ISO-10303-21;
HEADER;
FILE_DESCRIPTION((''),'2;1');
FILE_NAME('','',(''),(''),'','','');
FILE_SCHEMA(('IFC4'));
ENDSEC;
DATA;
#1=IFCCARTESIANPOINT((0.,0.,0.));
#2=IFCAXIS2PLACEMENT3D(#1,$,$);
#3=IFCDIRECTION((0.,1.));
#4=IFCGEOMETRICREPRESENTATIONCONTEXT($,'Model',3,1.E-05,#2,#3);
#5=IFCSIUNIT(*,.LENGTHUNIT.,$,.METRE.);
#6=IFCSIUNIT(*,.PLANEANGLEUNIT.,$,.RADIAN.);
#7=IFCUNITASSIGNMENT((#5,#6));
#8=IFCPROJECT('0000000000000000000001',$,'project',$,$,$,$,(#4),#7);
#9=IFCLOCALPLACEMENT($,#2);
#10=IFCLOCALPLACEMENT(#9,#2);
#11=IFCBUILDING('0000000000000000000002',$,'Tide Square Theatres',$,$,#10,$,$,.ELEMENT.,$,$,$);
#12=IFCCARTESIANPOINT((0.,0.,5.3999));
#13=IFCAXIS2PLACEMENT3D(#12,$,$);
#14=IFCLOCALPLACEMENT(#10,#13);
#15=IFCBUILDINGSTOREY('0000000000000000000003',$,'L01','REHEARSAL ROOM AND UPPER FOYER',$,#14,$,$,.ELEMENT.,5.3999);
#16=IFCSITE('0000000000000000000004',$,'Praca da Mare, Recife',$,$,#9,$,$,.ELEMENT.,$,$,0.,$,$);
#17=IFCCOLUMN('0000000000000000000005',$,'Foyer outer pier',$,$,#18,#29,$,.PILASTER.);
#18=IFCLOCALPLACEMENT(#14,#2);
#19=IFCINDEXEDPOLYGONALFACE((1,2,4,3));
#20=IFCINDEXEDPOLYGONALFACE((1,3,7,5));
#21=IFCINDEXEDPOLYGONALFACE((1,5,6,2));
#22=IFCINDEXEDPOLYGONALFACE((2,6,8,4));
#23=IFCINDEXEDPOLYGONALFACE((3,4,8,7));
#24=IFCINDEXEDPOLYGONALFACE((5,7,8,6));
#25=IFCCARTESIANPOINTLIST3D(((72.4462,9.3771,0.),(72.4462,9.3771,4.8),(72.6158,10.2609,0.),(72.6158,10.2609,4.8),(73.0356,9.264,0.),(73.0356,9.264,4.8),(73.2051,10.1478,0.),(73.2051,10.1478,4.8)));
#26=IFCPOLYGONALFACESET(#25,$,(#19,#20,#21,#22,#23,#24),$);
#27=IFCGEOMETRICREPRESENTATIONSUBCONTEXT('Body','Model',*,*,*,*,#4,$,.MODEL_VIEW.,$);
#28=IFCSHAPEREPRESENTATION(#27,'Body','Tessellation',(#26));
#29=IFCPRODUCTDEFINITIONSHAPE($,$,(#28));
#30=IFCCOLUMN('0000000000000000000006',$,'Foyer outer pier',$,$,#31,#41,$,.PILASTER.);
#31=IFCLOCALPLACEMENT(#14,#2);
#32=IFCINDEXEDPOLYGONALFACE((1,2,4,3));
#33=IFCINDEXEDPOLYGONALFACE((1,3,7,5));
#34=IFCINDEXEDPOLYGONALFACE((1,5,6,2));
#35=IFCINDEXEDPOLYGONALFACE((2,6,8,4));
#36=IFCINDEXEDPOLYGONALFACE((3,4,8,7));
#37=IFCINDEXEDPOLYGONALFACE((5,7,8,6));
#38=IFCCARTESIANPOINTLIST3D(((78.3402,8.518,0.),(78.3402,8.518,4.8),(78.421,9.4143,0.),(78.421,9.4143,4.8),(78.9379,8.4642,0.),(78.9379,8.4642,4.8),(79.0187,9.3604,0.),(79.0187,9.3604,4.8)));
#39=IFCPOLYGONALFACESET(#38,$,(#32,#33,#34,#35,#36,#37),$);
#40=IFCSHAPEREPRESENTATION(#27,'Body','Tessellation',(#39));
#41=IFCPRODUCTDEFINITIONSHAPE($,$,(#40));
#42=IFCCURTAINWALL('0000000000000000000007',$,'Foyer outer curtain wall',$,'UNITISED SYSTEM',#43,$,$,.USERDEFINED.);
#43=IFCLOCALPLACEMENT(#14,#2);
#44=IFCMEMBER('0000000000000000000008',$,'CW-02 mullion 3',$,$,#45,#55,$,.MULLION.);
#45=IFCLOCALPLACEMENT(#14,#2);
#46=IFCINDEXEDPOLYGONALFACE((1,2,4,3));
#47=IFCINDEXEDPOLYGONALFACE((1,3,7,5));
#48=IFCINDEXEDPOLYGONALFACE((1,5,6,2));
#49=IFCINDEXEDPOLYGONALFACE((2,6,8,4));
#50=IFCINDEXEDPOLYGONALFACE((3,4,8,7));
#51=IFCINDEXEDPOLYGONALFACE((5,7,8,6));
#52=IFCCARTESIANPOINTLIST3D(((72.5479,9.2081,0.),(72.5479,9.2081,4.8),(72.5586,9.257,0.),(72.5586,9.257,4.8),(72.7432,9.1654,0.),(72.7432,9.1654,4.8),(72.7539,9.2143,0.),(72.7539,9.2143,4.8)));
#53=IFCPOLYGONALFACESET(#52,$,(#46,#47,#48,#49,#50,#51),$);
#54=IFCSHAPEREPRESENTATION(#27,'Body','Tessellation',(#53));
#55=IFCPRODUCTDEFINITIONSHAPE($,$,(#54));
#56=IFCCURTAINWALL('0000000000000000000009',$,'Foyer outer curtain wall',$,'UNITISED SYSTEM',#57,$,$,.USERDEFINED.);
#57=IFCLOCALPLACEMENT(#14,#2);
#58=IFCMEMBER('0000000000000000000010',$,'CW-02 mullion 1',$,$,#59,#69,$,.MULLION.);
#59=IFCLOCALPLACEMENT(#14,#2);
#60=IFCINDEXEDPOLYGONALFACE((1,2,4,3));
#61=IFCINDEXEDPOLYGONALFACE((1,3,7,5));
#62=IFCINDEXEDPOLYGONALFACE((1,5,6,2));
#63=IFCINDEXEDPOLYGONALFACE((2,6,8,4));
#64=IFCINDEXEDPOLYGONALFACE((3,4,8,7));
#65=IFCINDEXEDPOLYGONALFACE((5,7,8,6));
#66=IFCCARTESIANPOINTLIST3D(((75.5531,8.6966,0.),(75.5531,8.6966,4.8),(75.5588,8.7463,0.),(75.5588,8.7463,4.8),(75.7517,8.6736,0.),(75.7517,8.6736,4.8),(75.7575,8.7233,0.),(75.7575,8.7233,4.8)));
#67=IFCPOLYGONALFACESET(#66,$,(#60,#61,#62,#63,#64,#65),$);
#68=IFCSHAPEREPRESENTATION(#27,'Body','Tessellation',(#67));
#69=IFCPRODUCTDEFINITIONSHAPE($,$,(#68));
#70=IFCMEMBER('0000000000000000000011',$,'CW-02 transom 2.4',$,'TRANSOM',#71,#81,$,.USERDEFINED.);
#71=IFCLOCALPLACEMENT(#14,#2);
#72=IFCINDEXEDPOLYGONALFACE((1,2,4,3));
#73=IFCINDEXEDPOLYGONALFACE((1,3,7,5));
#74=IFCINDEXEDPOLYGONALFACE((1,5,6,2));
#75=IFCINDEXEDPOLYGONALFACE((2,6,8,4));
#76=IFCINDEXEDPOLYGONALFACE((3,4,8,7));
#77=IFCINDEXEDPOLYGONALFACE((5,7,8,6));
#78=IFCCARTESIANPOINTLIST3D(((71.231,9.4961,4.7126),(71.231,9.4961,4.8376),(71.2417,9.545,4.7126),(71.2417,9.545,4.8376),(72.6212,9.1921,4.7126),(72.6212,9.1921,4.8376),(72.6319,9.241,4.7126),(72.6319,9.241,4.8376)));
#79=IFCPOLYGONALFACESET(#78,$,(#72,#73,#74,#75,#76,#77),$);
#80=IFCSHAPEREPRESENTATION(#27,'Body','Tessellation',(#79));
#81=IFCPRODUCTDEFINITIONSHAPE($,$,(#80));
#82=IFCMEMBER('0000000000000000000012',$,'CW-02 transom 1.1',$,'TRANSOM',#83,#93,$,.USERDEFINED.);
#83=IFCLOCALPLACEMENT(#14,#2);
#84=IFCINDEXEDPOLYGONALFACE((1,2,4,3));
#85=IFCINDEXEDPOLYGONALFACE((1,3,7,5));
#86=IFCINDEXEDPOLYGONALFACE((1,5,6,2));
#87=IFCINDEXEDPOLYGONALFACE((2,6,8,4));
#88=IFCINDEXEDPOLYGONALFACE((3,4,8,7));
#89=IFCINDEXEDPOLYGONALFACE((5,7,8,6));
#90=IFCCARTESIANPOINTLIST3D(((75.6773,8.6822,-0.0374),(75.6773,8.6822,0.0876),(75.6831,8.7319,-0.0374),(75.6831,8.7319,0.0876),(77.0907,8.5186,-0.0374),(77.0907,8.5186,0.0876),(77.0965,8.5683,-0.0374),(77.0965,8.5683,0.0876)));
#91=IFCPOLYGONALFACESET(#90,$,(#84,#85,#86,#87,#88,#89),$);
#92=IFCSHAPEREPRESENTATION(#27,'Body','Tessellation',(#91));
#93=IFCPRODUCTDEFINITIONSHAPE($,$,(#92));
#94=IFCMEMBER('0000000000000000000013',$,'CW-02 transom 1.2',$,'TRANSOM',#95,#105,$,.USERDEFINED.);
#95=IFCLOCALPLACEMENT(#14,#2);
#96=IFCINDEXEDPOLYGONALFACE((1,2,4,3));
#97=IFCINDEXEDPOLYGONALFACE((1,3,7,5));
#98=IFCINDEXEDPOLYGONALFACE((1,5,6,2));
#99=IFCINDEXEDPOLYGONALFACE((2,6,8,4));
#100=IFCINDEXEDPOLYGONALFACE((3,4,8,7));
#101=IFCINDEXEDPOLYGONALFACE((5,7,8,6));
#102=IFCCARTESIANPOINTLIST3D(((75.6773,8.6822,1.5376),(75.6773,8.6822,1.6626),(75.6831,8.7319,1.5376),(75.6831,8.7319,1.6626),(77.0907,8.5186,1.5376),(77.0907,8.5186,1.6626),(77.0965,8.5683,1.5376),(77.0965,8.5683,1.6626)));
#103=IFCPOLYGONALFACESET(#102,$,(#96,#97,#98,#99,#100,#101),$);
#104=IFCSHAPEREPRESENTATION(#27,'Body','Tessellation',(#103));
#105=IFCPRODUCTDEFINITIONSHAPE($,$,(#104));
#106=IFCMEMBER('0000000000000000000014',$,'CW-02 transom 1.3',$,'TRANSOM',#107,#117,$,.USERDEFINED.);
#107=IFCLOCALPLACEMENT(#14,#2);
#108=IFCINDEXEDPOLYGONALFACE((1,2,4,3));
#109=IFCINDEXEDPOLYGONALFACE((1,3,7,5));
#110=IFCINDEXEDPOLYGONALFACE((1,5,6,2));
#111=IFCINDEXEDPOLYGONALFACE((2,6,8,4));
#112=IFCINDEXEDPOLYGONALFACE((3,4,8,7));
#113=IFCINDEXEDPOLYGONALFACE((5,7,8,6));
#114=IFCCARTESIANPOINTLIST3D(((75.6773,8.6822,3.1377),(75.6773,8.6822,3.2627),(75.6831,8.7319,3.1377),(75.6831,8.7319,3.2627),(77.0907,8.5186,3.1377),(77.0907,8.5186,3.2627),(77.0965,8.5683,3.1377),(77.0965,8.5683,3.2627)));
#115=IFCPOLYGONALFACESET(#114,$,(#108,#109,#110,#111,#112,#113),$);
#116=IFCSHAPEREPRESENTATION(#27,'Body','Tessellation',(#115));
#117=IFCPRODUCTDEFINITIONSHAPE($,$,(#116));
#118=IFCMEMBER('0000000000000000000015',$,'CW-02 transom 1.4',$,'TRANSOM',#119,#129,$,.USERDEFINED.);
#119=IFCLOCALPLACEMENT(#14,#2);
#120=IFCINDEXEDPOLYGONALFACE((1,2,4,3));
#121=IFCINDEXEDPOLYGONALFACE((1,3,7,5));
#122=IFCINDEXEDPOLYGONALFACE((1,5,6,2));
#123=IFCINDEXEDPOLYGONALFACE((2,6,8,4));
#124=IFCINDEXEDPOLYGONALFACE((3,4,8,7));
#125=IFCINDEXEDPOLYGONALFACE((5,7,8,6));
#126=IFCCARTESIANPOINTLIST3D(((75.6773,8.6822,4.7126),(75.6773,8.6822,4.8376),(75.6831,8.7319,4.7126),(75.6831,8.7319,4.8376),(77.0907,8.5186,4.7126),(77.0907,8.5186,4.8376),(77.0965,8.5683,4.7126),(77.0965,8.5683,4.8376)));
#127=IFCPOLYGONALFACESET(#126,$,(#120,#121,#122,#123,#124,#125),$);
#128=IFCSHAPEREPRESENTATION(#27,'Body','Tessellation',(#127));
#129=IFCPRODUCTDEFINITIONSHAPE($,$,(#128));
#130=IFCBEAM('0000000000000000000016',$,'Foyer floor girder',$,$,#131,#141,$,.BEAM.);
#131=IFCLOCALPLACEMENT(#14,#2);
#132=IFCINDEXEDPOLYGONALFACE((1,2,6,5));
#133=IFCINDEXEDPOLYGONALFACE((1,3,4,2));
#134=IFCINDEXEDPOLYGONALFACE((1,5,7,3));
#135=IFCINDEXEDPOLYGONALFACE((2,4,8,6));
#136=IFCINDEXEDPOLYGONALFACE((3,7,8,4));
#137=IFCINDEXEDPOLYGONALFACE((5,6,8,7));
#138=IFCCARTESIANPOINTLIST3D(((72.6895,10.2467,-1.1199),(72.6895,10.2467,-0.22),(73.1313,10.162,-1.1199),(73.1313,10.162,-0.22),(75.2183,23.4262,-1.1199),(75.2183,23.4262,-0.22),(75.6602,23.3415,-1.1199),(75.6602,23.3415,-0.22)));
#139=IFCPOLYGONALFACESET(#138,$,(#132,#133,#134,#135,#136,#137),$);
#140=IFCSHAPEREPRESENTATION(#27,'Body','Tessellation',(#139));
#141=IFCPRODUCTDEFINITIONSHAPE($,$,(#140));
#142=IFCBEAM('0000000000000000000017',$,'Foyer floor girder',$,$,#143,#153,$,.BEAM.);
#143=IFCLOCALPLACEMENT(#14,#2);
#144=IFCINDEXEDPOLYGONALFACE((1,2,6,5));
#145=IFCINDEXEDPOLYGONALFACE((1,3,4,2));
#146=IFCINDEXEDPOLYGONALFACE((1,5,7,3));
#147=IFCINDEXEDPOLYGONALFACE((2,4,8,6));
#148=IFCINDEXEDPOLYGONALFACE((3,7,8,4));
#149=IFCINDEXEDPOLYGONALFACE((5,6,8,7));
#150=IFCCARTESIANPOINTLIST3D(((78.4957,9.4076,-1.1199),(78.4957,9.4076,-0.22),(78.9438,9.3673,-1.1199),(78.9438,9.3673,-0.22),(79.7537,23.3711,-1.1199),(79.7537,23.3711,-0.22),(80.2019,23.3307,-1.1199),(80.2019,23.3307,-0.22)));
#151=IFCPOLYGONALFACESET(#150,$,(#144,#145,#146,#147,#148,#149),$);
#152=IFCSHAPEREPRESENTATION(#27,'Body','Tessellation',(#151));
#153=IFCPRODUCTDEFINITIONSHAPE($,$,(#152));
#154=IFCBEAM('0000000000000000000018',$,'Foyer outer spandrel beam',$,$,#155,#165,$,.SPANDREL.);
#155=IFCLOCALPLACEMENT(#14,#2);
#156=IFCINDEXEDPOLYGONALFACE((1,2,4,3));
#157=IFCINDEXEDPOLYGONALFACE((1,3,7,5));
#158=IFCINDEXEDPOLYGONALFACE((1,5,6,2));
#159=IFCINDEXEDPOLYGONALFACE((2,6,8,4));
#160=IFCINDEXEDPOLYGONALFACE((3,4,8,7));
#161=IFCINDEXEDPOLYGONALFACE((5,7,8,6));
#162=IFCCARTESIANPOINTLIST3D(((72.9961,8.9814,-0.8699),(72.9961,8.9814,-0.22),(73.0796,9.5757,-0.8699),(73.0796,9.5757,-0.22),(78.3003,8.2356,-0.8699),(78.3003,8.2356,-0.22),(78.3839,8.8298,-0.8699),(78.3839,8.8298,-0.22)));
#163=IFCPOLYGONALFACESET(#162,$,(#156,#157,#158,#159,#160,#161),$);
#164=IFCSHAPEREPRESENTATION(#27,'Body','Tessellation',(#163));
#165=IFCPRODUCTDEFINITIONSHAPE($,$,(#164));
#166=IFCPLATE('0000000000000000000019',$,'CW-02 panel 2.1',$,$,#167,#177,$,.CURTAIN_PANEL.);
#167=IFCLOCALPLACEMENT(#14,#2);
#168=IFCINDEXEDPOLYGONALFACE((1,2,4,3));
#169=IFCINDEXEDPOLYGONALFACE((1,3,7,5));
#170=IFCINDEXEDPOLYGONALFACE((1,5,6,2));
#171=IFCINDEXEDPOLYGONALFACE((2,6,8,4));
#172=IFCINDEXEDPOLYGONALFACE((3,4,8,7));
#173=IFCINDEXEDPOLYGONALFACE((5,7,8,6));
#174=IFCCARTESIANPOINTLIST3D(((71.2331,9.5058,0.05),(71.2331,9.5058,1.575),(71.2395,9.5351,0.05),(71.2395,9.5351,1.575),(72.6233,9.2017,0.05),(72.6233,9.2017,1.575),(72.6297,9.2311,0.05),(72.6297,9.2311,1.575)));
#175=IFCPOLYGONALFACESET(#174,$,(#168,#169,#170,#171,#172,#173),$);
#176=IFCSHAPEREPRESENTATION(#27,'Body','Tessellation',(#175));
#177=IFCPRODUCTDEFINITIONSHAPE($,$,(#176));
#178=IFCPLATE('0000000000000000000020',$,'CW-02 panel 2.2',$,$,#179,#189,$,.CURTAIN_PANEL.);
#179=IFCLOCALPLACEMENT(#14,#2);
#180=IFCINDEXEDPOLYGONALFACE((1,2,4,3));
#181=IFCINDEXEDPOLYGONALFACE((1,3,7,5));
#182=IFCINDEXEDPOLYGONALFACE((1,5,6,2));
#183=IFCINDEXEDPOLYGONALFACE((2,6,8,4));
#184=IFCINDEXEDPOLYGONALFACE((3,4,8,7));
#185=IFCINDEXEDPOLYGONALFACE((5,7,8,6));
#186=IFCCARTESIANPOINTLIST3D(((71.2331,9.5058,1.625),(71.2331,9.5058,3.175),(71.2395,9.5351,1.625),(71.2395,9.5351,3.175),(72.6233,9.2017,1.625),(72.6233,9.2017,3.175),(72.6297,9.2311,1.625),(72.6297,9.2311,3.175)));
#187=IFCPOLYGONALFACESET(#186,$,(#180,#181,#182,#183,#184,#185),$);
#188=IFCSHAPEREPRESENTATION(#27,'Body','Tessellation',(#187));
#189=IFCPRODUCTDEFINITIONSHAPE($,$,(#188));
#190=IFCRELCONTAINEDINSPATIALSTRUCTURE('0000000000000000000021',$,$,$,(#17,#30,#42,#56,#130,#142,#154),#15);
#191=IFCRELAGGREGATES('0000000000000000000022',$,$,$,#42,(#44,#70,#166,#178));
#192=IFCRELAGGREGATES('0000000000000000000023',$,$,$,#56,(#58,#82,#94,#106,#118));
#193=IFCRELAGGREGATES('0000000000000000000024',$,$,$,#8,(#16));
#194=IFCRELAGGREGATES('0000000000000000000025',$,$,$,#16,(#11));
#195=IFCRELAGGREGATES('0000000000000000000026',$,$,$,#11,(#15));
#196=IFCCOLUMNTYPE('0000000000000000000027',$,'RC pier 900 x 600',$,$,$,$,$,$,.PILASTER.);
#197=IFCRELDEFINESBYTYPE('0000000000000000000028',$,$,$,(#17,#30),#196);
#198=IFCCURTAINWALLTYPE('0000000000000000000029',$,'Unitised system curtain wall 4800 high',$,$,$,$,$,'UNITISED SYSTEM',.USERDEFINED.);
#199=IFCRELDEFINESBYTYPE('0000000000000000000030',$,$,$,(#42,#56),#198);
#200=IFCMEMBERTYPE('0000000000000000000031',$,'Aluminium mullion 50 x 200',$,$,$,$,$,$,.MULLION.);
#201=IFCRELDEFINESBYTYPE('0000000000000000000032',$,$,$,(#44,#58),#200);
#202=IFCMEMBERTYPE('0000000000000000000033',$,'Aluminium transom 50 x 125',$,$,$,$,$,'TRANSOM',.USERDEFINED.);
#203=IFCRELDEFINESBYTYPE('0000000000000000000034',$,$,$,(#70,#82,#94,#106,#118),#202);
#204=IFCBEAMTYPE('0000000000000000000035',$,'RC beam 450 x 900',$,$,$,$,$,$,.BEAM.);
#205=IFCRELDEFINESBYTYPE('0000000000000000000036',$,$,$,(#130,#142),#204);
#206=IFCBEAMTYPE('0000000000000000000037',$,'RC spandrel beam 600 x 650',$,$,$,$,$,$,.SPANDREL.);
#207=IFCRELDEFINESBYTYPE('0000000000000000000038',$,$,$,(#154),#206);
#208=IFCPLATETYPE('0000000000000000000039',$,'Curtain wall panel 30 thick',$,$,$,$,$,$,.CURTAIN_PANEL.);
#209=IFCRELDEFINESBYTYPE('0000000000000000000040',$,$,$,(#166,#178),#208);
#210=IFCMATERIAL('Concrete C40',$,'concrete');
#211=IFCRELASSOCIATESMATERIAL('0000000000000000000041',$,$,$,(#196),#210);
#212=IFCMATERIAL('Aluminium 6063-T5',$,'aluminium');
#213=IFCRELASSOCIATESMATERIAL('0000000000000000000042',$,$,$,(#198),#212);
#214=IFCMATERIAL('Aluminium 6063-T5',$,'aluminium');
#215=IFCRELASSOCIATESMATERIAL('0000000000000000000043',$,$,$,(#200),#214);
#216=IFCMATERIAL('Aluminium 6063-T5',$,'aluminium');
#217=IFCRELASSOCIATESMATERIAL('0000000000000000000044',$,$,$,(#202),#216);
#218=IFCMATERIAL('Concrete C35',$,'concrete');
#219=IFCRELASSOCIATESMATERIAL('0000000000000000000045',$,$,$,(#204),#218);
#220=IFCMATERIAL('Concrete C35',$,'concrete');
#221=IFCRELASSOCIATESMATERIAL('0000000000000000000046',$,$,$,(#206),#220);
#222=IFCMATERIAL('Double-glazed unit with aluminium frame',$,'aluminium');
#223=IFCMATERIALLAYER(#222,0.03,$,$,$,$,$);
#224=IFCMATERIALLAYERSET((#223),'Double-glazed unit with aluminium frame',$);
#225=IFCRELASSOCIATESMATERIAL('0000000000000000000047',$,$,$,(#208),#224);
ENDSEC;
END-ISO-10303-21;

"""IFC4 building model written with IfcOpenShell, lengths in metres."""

from ifc_helpers import new_model, si_unit, direction, frame, origin, origin_2d, place, context, subcontext, project, spatial, rectangle, extrude, material, layer, layer_set, material_profile, profile_set, type_object, element, aggregate, save


model = new_model("IFC4")

# Units and contexts
model_context = context("Model", 3, precision=1e-05, world=origin(), true_north=direction((0.0, 1.0)))
body_context = subcontext(model_context, "Body", "Model", "MODEL_VIEW")
ifc_project = project(units=[si_unit("LENGTHUNIT", "METRE"), si_unit("PLANEANGLEUNIT", "RADIAN")], contexts=[model_context])

# Site, building, storey
site_placement = place(None, origin())
site = spatial("IfcSite", under=ifc_project, at=site_placement, Name="Praca da Mare, Recife", CompositionType="ELEMENT", RefElevation=0.0)
building_placement = place(site_placement, origin())
building = spatial("IfcBuilding", under=site, at=building_placement, Name="Tide Square Theatres", CompositionType="ELEMENT")
storey_placement = place(building_placement, frame((0.0, 0.0, 5.3999)))
storey = spatial("IfcBuildingStorey", under=building, at=storey_placement, Name="L01", Description="REHEARSAL ROOM AND UPPER FOYER", CompositionType="ELEMENT", Elevation=5.3999)

# Columns
ifc_material_1 = material(Name="Concrete C40", Category="concrete")
ifc_material_profile_1 = material_profile(ifc_material_1, rectangle(XDim=0.8999, YDim=0.6001, at=origin_2d()))
ifc_profile_set_1 = profile_set([ifc_material_profile_1], Name="Concrete C40")
column_type = type_object("IfcColumnType", Name="RC pier 900 x 600", PredefinedType="PILASTER", material=ifc_profile_set_1)
for number, where, z_axis, x_axis, name in (
    (1, (72.8257, 9.7625, 0.0), (0.0, 0.0, 1.0), (-0.188439, -0.982085, 0.0), "Foyer outer pier"),
    (2, (78.6794, 8.9392, 0.0), (0.0, 0.0, 1.0), (-0.089723, -0.995967, 0.0), "Foyer outer pier"),
):
    element("IfcColumn", number, at=place(storey_placement, frame(where, z_axis=z_axis, x_axis=x_axis)), inside=storey, type_object=column_type, Name=name, PredefinedType="PILASTER", context=body_context, shape_type="SweptSolid", body=[
        extrude(rectangle(XDim=0.8999, YDim=0.6001, at=origin_2d()), origin(), (0.0, 0.0, 1.0), 4.8),
    ])

# Curtain walls, members
ifc_material_2 = material(Name="Aluminium 6063-T5", Category="aluminium")
curtain_wall_type = type_object("IfcCurtainWallType", Name="Unitised system curtain wall 4800 high", ElementType="UNITISED SYSTEM", PredefinedType="USERDEFINED", material=ifc_material_2)
curtain_wall_1_placement = place(storey_placement, origin())
curtain_wall_1 = element("IfcCurtainWall", 3, at=curtain_wall_1_placement, inside=storey, type_object=curtain_wall_type, Name="Foyer outer curtain wall", ObjectType="UNITISED SYSTEM", PredefinedType="USERDEFINED")
ifc_material_3 = material(Name="Aluminium 6063-T5", Category="aluminium")
ifc_material_profile_2 = material_profile(ifc_material_3, rectangle(XDim=0.05, YDim=0.2, at=origin_2d()))
ifc_profile_set_2 = profile_set([ifc_material_profile_2], Name="Aluminium 6063-T5")
member_type_1 = type_object("IfcMemberType", Name="Aluminium mullion 50 x 200", PredefinedType="MULLION", material=ifc_profile_set_2)
member_1_placement = place(storey_placement, frame((72.6509, 9.2112, 0.0), z_axis=(0.0, 0.0, 1.0), x_axis=(0.213653, 0.97691, 0.0)))
member_1 = element("IfcMember", 4, at=member_1_placement, type_object=member_type_1, Name="CW-02 mullion 3", PredefinedType="MULLION", context=body_context, shape_type="SweptSolid", body=[
    extrude(rectangle(XDim=0.05, YDim=0.2, at=origin_2d()), origin(), (0.0, 0.0, 1.0), 4.8),
])
curtain_wall_2_placement = place(storey_placement, origin())
curtain_wall_2 = element("IfcCurtainWall", 5, at=curtain_wall_2_placement, inside=storey, type_object=curtain_wall_type, Name="Foyer outer curtain wall", ObjectType="UNITISED SYSTEM", PredefinedType="USERDEFINED")
member_2_placement = place(storey_placement, frame((75.6553, 8.71, 0.0), z_axis=(0.0, 0.0, 1.0), x_axis=(0.114955, 0.993371, 0.0)))
member_2 = element("IfcMember", 6, at=member_2_placement, type_object=member_type_1, Name="CW-02 mullion 1", PredefinedType="MULLION", context=body_context, shape_type="SweptSolid", body=[
    extrude(rectangle(XDim=0.05, YDim=0.2, at=origin_2d()), origin(), (0.0, 0.0, 1.0), 4.8),
])

# Members
ifc_material_4 = material(Name="Aluminium 6063-T5", Category="aluminium")
ifc_material_profile_3 = material_profile(ifc_material_4, rectangle(XDim=0.05, YDim=0.125, at=origin_2d()))
ifc_profile_set_3 = profile_set([ifc_material_profile_3], Name="Aluminium 6063-T5")
member_type_2 = type_object("IfcMemberType", Name="Aluminium transom 50 x 125", ElementType="TRANSOM", PredefinedType="USERDEFINED", material=ifc_profile_set_3)
member_3_placement = place(storey_placement, frame((71.2363, 9.5205, 4.7751), z_axis=(0.97692, -0.213605, 0.0), x_axis=(0.213605, 0.97692, 0.0)))
member_3 = element("IfcMember", 7, at=member_3_placement, type_object=member_type_2, Name="CW-02 transom 2.4", ObjectType="TRANSOM", PredefinedType="USERDEFINED", context=body_context, shape_type="SweptSolid", body=[
    extrude(rectangle(XDim=0.05, YDim=0.125, at=origin_2d()), origin(), (0.0, 0.0, 1.0), 1.4231),
])
member_4_placement = place(storey_placement, frame((75.6802, 8.707, 0.0251), z_axis=(0.993369, -0.114969, 0.0), x_axis=(0.114969, 0.993369, 0.0)))
member_4 = element("IfcMember", 8, at=member_4_placement, type_object=member_type_2, Name="CW-02 transom 1.1", ObjectType="TRANSOM", PredefinedType="USERDEFINED", context=body_context, shape_type="SweptSolid", body=[
    extrude(rectangle(XDim=0.05, YDim=0.125, at=origin_2d()), origin(), (0.0, 0.0, 1.0), 1.4229),
])
member_5_placement = place(storey_placement, frame((75.6802, 8.707, 1.6001), z_axis=(0.993369, -0.114969, 0.0), x_axis=(0.114969, 0.993369, 0.0)))
member_5 = element("IfcMember", 9, at=member_5_placement, type_object=member_type_2, Name="CW-02 transom 1.2", ObjectType="TRANSOM", PredefinedType="USERDEFINED", context=body_context, shape_type="SweptSolid", body=[
    extrude(rectangle(XDim=0.05, YDim=0.125, at=origin_2d()), origin(), (0.0, 0.0, 1.0), 1.4229),
])
member_6_placement = place(storey_placement, frame((75.6802, 8.707, 3.2002), z_axis=(0.993369, -0.114969, 0.0), x_axis=(0.114969, 0.993369, 0.0)))
member_6 = element("IfcMember", 10, at=member_6_placement, type_object=member_type_2, Name="CW-02 transom 1.3", ObjectType="TRANSOM", PredefinedType="USERDEFINED", context=body_context, shape_type="SweptSolid", body=[
    extrude(rectangle(XDim=0.05, YDim=0.125, at=origin_2d()), origin(), (0.0, 0.0, 1.0), 1.4229),
])
member_7_placement = place(storey_placement, frame((75.6802, 8.707, 4.7751), z_axis=(0.993369, -0.114969, 0.0), x_axis=(0.114969, 0.993369, 0.0)))
member_7 = element("IfcMember", 11, at=member_7_placement, type_object=member_type_2, Name="CW-02 transom 1.4", ObjectType="TRANSOM", PredefinedType="USERDEFINED", context=body_context, shape_type="SweptSolid", body=[
    extrude(rectangle(XDim=0.05, YDim=0.125, at=origin_2d()), origin(), (0.0, 0.0, 1.0), 1.4229),
])

# Beams
ifc_material_5 = material(Name="Concrete C35", Category="concrete")
ifc_material_profile_4 = material_profile(ifc_material_5, rectangle(XDim=0.45, YDim=0.8999, at=origin_2d()))
ifc_profile_set_4 = profile_set([ifc_material_profile_4], Name="Concrete C35")
beam_type_1 = type_object("IfcBeamType", Name="RC beam 450 x 900", PredefinedType="BEAM", material=ifc_profile_set_4)
beam_1_placement = place(storey_placement, frame((72.9104, 10.2043, -0.6699), z_axis=(0.188438, 0.982085, 0.0), x_axis=(-0.982085, 0.188438, 0.0)))
element("IfcBeam", 12, at=beam_1_placement, inside=storey, type_object=beam_type_1, Name="Foyer floor girder", PredefinedType="BEAM", context=body_context, shape_type="SweptSolid", body=[
    extrude(rectangle(XDim=0.45, YDim=0.8999, at=origin_2d()), origin(), (0.0, 0.0, 1.0), 13.4199),
])
beam_2_placement = place(storey_placement, frame((78.7197, 9.3875, -0.6699), z_axis=(0.089733, 0.995966, 0.0), x_axis=(-0.995966, 0.089733, 0.0)))
element("IfcBeam", 13, at=beam_2_placement, inside=storey, type_object=beam_type_1, Name="Foyer floor girder", PredefinedType="BEAM", context=body_context, shape_type="SweptSolid", body=[
    extrude(rectangle(XDim=0.45, YDim=0.8999, at=origin_2d()), origin(), (0.0, 0.0, 1.0), 14.02),
])
ifc_material_6 = material(Name="Concrete C35", Category="concrete")
ifc_material_profile_5 = material_profile(ifc_material_6, rectangle(XDim=0.6001, YDim=0.6499, at=origin_2d()))
ifc_profile_set_5 = profile_set([ifc_material_profile_5], Name="Concrete C35")
beam_type_2 = type_object("IfcBeamType", Name="RC spandrel beam 600 x 650", PredefinedType="SPANDREL", material=ifc_profile_set_5)
beam_3_placement = place(storey_placement, frame((73.0378, 9.2786, -0.5449), z_axis=(0.990258, -0.139245, 0.0), x_axis=(0.139245, 0.990258, 0.0)))
element("IfcBeam", 14, at=beam_3_placement, inside=storey, type_object=beam_type_2, Name="Foyer outer spandrel beam", PredefinedType="SPANDREL", context=body_context, shape_type="SweptSolid", body=[
    extrude(rectangle(XDim=0.6001, YDim=0.6499, at=origin_2d()), origin(), (0.0, 0.0, 1.0), 5.3564),
])

# Plates
ifc_material_7 = material(Name="Double-glazed unit with aluminium frame", Category="aluminium")
ifc_layer_1 = layer(ifc_material_7, 0.03)
ifc_layer_set_1 = layer_set([ifc_layer_1], Name="Double-glazed unit with aluminium frame")
plate_type = type_object("IfcPlateType", Name="Curtain wall panel 30 thick", PredefinedType="CURTAIN_PANEL", material=ifc_layer_set_1)
plate_1_placement = place(storey_placement, frame((71.9314, 9.3684, 0.05), z_axis=(0.0, 0.0, 1.0), x_axis=(0.97691, -0.213653, 0.0)))
plate_1 = element("IfcPlate", 15, at=plate_1_placement, type_object=plate_type, Name="CW-02 panel 2.1", PredefinedType="CURTAIN_PANEL", context=body_context, shape_type="SweptSolid", body=[
    extrude(rectangle(XDim=1.4231, YDim=0.03, at=origin_2d()), origin(), (0.0, 0.0, 1.0), 1.5249),
])
plate_2_placement = place(storey_placement, frame((71.9314, 9.3684, 1.625), z_axis=(0.0, 0.0, 1.0), x_axis=(0.97691, -0.213653, 0.0)))
plate_2 = element("IfcPlate", 16, at=plate_2_placement, type_object=plate_type, Name="CW-02 panel 2.2", PredefinedType="CURTAIN_PANEL", context=body_context, shape_type="SweptSolid", body=[
    extrude(rectangle(XDim=1.4231, YDim=0.03, at=origin_2d()), origin(), (0.0, 0.0, 1.0), 1.55),
])
aggregate(curtain_wall_1, [member_1, member_3, plate_1, plate_2])
aggregate(curtain_wall_2, [member_2, member_4, member_5, member_6, member_7])

save(model, "model.ifc")
